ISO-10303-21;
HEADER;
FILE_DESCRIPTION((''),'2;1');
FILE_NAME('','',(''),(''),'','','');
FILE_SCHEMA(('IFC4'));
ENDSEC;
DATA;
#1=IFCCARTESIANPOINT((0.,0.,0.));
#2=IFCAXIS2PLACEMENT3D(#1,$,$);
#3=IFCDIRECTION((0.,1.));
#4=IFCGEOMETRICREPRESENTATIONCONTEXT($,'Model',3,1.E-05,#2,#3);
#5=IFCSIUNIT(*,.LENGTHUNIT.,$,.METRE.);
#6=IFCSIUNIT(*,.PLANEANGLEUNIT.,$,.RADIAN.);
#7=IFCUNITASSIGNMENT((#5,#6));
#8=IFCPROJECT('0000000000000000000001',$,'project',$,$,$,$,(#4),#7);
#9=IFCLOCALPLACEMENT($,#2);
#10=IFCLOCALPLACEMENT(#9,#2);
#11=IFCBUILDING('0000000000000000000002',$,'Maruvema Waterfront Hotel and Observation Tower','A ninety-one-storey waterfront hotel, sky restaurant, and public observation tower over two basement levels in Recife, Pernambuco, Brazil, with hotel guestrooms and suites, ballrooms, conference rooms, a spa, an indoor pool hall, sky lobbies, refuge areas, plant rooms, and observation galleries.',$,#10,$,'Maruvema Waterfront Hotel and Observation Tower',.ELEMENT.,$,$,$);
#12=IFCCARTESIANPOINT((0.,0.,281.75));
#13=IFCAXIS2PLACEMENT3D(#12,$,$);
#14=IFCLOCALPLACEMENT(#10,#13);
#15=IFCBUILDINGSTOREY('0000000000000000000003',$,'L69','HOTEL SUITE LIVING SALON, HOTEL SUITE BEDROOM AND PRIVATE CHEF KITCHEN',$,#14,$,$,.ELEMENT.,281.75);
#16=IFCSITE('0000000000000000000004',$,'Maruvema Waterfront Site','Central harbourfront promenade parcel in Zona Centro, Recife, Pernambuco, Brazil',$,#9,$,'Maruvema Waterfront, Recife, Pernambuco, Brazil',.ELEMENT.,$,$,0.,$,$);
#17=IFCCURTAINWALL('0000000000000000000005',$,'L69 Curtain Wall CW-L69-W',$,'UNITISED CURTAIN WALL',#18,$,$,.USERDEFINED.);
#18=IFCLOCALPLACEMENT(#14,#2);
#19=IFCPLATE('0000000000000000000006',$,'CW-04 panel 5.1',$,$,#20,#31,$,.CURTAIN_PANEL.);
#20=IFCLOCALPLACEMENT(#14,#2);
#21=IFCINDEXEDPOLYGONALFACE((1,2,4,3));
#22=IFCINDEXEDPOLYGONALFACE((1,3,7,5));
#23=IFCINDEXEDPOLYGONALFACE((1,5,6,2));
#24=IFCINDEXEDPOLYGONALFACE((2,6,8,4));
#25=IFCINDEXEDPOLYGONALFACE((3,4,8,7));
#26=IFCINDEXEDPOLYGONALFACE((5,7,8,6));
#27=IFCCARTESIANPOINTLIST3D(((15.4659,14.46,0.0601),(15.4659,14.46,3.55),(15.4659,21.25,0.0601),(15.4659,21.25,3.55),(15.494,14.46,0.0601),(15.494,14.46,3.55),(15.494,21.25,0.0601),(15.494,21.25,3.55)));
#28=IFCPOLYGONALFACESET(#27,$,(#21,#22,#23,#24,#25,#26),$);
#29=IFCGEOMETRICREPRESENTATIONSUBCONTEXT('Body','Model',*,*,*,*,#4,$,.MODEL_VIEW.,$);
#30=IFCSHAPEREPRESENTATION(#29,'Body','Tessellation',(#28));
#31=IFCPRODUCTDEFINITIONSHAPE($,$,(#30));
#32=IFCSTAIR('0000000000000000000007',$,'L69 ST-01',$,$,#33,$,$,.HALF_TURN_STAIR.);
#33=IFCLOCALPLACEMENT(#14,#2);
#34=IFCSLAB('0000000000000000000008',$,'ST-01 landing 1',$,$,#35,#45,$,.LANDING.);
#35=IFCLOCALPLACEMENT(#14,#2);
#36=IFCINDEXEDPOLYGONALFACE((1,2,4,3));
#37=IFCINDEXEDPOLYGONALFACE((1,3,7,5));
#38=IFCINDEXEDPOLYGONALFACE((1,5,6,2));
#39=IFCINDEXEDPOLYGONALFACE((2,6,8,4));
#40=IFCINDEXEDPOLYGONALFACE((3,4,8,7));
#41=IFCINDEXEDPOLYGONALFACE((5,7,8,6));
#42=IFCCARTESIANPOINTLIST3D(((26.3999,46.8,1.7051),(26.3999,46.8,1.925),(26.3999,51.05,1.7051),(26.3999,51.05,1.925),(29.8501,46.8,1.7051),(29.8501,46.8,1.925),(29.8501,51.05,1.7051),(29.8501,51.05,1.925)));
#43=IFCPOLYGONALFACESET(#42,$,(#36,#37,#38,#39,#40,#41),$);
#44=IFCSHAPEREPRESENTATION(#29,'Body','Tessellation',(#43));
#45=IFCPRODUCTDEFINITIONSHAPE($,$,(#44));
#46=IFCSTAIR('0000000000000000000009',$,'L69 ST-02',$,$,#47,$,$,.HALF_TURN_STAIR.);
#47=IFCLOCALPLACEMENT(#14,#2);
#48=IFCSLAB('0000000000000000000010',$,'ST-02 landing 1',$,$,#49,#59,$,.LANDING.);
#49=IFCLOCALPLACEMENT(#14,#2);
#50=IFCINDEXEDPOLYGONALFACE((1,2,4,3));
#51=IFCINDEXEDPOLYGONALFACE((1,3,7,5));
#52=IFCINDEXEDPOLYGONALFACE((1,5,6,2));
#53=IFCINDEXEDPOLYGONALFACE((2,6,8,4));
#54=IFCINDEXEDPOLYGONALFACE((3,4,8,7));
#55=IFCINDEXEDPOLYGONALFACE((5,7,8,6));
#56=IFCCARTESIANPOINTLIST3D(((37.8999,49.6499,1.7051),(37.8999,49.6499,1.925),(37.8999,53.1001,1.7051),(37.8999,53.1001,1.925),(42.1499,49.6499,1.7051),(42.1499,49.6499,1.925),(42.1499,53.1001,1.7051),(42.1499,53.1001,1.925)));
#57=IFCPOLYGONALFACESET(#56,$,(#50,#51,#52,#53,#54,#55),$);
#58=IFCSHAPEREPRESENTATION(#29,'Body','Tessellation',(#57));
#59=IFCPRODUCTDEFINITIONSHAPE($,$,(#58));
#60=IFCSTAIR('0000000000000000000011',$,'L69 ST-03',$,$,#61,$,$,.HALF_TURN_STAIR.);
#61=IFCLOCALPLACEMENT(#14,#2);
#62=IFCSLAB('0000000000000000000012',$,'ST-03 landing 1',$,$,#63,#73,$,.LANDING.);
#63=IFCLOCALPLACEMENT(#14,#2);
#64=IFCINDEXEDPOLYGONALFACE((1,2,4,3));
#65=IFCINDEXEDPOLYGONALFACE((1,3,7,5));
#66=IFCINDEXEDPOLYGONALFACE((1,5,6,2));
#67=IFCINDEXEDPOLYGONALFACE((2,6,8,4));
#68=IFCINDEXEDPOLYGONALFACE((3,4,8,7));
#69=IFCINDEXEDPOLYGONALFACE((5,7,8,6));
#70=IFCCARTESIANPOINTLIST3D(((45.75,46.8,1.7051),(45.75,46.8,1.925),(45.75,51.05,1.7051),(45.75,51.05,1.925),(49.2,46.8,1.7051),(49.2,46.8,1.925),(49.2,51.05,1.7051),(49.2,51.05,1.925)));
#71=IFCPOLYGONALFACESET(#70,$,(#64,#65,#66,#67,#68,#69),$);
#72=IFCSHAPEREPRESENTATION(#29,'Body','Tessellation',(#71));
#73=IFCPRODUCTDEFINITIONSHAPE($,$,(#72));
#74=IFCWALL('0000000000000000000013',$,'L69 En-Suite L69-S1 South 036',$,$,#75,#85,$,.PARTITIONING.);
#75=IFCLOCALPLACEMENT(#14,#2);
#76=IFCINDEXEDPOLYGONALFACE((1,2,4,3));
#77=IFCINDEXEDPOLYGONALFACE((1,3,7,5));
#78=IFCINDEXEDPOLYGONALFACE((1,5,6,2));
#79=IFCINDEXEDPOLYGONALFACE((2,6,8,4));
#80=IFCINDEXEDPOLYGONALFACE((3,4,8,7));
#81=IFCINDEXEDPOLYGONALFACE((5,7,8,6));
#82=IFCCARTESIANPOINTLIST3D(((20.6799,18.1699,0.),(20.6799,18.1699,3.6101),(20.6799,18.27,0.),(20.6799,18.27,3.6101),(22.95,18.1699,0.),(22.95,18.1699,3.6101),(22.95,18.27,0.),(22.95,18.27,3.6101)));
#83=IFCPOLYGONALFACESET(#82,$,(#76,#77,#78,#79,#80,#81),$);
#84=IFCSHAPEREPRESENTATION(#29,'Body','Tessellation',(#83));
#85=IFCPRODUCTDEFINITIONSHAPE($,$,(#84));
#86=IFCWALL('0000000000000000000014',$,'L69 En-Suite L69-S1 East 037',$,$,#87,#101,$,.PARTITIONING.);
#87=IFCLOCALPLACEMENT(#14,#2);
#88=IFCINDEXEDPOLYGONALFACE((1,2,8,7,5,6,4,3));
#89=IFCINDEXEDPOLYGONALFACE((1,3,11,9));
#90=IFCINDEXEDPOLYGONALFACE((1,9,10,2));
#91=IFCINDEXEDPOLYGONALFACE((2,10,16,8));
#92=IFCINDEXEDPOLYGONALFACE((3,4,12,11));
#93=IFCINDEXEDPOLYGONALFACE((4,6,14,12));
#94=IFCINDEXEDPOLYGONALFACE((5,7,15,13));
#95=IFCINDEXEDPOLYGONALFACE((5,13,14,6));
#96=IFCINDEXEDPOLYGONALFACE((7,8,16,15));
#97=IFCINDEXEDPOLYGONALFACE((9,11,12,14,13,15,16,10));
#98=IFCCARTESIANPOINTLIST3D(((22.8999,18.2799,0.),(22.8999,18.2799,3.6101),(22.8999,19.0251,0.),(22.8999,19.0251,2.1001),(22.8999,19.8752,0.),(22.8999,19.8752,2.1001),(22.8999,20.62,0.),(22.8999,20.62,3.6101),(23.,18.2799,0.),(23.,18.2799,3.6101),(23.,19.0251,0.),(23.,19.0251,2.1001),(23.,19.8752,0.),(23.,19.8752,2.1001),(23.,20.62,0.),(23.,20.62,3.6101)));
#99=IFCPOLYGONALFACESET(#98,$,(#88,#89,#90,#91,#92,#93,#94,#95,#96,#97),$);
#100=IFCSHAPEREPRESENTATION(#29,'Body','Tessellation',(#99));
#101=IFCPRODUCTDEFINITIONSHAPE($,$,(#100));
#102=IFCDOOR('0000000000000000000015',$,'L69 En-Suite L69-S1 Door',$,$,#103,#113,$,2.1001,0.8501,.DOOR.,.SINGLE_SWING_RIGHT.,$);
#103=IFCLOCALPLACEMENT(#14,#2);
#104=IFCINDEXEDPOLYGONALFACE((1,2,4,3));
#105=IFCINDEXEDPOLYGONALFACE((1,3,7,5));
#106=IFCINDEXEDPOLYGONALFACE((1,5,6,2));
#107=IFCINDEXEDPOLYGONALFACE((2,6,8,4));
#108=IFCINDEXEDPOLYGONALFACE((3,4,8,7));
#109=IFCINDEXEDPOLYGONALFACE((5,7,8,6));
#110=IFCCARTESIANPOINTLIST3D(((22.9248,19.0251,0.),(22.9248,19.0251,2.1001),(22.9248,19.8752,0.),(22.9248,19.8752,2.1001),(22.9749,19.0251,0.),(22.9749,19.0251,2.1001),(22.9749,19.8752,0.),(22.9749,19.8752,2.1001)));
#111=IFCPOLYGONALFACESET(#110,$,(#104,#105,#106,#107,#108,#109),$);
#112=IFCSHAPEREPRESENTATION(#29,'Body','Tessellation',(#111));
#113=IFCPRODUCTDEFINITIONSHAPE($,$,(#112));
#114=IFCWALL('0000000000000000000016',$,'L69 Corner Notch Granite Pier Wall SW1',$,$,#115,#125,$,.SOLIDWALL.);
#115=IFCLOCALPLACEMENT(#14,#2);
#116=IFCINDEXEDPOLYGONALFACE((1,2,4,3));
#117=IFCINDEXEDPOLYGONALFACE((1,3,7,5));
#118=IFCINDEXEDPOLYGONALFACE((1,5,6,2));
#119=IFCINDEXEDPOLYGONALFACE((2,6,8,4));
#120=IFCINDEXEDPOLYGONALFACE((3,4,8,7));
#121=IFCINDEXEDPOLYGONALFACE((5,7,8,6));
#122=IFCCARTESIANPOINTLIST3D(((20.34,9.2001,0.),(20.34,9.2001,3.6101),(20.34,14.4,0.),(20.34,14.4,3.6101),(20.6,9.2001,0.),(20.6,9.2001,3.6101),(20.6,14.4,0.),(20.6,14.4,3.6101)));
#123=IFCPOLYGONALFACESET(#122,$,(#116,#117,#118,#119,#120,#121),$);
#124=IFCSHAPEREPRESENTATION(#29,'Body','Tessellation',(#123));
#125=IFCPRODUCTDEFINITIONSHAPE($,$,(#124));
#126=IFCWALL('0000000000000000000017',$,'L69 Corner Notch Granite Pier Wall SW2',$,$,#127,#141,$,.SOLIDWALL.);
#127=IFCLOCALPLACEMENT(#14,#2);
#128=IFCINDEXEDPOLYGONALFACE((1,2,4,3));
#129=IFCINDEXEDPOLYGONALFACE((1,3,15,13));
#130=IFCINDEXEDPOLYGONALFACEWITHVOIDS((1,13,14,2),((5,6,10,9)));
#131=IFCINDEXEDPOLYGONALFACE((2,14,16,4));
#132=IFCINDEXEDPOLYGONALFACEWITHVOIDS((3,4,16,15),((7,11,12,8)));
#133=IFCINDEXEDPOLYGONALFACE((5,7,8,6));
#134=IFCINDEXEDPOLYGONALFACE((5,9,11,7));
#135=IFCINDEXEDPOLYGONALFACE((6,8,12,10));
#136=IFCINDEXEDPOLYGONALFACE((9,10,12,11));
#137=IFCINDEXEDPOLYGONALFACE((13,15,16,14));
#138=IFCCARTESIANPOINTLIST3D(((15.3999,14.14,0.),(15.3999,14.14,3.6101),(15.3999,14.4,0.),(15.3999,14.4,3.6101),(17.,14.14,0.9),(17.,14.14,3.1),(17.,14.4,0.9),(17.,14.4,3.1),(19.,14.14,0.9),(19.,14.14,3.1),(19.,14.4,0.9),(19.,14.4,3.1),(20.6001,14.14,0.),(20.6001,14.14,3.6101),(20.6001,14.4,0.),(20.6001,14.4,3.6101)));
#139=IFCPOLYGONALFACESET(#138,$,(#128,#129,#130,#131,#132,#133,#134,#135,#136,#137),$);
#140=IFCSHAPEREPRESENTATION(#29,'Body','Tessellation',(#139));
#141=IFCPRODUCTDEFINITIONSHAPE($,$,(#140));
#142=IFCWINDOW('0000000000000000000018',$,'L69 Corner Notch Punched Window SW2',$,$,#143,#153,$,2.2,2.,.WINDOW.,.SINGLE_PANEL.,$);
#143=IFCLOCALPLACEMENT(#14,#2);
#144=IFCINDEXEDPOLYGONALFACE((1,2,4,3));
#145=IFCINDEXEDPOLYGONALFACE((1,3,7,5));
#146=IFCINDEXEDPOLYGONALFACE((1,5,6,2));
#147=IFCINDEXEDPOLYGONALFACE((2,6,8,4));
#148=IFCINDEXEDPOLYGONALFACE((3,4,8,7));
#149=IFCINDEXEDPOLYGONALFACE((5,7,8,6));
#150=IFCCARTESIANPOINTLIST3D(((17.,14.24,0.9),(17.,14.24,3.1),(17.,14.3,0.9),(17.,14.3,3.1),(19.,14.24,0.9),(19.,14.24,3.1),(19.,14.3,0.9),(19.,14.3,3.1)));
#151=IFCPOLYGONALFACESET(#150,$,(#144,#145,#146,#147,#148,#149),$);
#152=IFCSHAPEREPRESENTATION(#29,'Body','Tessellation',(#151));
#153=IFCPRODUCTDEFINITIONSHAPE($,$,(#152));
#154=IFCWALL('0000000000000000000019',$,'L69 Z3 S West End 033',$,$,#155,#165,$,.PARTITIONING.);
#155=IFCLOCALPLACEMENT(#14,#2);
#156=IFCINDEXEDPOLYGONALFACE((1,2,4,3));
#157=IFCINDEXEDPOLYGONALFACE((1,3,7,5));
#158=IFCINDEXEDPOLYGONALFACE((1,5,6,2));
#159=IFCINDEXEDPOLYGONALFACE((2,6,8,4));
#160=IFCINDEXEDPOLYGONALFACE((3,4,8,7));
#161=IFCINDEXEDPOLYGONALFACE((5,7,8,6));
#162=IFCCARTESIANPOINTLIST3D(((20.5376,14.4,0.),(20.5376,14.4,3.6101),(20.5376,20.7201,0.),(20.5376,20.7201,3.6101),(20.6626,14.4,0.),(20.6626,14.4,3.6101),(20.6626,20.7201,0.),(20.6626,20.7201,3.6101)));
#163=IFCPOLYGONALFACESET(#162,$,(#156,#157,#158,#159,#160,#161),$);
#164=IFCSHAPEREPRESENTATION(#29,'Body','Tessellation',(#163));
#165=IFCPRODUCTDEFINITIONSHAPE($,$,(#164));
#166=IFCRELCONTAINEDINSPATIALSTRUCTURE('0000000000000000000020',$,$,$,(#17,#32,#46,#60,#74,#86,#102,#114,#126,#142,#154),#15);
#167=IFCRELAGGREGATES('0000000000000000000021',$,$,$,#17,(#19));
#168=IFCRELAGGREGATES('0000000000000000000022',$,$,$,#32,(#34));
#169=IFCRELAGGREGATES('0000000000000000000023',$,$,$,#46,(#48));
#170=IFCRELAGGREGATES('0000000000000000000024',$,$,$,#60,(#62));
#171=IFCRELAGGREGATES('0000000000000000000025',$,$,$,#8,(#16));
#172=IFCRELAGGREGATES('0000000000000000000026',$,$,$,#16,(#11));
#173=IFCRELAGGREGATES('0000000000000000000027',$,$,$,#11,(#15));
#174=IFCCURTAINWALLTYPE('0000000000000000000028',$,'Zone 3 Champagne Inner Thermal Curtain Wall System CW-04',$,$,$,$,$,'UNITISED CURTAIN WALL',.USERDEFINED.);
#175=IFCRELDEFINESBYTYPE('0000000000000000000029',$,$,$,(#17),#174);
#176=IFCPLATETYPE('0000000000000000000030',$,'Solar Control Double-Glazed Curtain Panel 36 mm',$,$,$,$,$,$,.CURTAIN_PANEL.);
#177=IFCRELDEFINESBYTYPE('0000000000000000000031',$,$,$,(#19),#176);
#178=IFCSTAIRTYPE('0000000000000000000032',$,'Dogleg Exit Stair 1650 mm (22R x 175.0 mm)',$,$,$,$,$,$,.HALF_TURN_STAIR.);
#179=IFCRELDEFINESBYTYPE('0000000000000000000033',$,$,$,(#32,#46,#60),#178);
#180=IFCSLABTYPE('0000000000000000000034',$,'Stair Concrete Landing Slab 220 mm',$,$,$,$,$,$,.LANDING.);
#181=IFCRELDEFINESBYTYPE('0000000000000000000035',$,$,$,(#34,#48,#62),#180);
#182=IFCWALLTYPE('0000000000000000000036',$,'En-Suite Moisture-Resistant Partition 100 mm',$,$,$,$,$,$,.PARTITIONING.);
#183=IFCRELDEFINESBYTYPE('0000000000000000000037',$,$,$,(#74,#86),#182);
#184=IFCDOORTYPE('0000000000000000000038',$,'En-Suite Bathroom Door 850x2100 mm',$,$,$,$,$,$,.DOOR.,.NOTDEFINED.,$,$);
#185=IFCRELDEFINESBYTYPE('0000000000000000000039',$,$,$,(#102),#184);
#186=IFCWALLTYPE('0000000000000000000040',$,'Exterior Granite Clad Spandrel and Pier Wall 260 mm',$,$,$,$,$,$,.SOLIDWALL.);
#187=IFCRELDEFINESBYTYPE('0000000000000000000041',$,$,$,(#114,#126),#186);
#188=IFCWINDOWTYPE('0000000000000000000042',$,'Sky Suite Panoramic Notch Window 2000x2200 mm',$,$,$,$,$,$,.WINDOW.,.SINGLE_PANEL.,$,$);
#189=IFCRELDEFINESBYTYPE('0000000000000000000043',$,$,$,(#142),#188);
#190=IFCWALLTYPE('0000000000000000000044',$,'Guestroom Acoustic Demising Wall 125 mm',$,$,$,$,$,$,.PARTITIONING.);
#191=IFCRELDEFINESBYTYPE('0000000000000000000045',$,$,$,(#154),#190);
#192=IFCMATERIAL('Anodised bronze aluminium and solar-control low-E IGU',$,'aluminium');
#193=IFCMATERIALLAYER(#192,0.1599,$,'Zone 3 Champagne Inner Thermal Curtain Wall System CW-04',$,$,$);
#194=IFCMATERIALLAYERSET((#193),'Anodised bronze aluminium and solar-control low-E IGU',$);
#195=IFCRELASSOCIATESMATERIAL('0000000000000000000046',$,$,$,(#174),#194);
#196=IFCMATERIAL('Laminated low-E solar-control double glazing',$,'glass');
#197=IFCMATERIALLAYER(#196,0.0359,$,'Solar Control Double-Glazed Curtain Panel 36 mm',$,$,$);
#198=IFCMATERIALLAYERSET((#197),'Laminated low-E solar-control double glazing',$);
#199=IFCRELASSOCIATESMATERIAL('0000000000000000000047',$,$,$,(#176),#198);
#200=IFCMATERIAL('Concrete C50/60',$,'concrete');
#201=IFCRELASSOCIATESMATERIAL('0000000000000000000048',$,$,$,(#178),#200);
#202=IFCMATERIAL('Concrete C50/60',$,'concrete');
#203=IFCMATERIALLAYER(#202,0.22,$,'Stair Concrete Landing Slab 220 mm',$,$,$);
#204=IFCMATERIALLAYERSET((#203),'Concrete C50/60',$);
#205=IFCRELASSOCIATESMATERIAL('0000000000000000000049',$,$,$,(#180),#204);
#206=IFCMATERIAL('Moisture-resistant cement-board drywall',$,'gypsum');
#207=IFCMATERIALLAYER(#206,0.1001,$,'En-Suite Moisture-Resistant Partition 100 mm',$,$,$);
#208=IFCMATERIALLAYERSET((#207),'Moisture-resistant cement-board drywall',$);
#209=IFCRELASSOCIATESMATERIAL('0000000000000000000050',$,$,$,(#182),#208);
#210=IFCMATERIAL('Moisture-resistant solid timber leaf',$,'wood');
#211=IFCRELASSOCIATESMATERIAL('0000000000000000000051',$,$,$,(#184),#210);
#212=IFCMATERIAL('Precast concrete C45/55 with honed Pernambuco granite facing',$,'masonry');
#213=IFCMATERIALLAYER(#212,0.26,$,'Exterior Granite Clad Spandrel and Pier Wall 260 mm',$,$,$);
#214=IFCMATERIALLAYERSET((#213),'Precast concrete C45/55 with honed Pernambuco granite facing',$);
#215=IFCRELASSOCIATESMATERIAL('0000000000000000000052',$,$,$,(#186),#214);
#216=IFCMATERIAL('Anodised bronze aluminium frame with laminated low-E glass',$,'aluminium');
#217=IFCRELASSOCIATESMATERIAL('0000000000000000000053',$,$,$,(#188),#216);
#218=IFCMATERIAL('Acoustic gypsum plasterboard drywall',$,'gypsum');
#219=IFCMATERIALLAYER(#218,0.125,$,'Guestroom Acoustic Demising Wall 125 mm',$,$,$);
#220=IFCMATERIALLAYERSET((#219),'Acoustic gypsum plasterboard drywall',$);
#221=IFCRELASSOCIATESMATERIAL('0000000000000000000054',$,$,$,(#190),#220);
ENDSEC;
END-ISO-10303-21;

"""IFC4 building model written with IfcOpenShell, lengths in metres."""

from ifc_helpers import new_model, si_unit, direction, frame, frame_2d, origin, origin_2d, place, context, subcontext, project, spatial, polyline, rectangle, outline, extrude, material, layer, layer_set, type_object, element, fill, aggregate, save


model = new_model("IFC4")

# Units and contexts
model_context = context("Model", 3, precision=1e-05, world=origin(), true_north=direction((0.0, 1.0)))
body_context = subcontext(model_context, "Body", "Model", "MODEL_VIEW")
ifc_project = project(units=[si_unit("LENGTHUNIT", "METRE"), si_unit("PLANEANGLEUNIT", "RADIAN")], contexts=[model_context])

# Site, building, storey
site_placement = place(None, origin())
site = spatial("IfcSite", under=ifc_project, at=site_placement, Name="Maruvema Waterfront Site", Description="Central harbourfront promenade parcel in Zona Centro, Recife, Pernambuco, Brazil", LongName="Maruvema Waterfront, Recife, Pernambuco, Brazil", CompositionType="ELEMENT", RefElevation=0.0)
building_placement = place(site_placement, origin())
building = spatial("IfcBuilding", under=site, at=building_placement, Name="Maruvema Waterfront Hotel and Observation Tower", Description="A ninety-one-storey waterfront hotel, sky restaurant, and public observation tower over two basement levels in Recife, Pernambuco, Brazil, with hotel guestrooms and suites, ballrooms, conference rooms, a spa, an indoor pool hall, sky lobbies, refuge areas, plant rooms, and observation galleries.", LongName="Maruvema Waterfront Hotel and Observation Tower", CompositionType="ELEMENT")
storey_placement = place(building_placement, frame((0.0, 0.0, 281.75)))
storey = spatial("IfcBuildingStorey", under=building, at=storey_placement, Name="L69", Description="HOTEL SUITE LIVING SALON, HOTEL SUITE BEDROOM AND PRIVATE CHEF KITCHEN", CompositionType="ELEMENT", Elevation=281.75)

# Shared definitions
ifc_material_1 = material(Name="Anodised bronze aluminium and solar-control low-E IGU", Category="aluminium")
ifc_layer_1 = layer(ifc_material_1, 0.1599, Name="Zone 3 Champagne Inner Thermal Curtain Wall System CW-04")
ifc_layer_set_1 = layer_set([ifc_layer_1], Name="Anodised bronze aluminium and solar-control low-E IGU")
curtain_wall_type = type_object("IfcCurtainWallType", Name="Zone 3 Champagne Inner Thermal Curtain Wall System CW-04", ElementType="UNITISED CURTAIN WALL", PredefinedType="USERDEFINED", material=ifc_layer_set_1)

# Curtain wall
curtain_wall_1_placement = place(storey_placement, origin())
curtain_wall_1 = element("IfcCurtainWall", 1, at=curtain_wall_1_placement, inside=storey, type_object=curtain_wall_type, Name="L69 Curtain Wall CW-L69-W", ObjectType="UNITISED CURTAIN WALL", PredefinedType="USERDEFINED")

# Plate
ifc_material_2 = material(Name="Laminated low-E solar-control double glazing", Category="glass")
ifc_layer_2 = layer(ifc_material_2, 0.0359, Name="Solar Control Double-Glazed Curtain Panel 36 mm")
ifc_layer_set_2 = layer_set([ifc_layer_2], Name="Laminated low-E solar-control double glazing")
plate_type = type_object("IfcPlateType", Name="Solar Control Double-Glazed Curtain Panel 36 mm", PredefinedType="CURTAIN_PANEL", material=ifc_layer_set_2)
plate_1_placement = place(storey_placement, frame((15.48, 17.855, 0.0601), z_axis=(0.0, 0.0, 1.0), x_axis=(0.0, -1.0, 0.0)))
plate_1 = element("IfcPlate", 2, at=plate_1_placement, type_object=plate_type, Name="CW-04 panel 5.1", PredefinedType="CURTAIN_PANEL", context=body_context, shape_type="SweptSolid", body=[
    extrude(rectangle(XDim=6.79, YDim=0.0281, at=origin_2d()), origin(), (0.0, 0.0, 1.0), 3.49),
])
aggregate(curtain_wall_1, [plate_1])

# Stairs, slabs
ifc_material_3 = material(Name="Concrete C50/60", Category="concrete")
stair_type = type_object("IfcStairType", Name="Dogleg Exit Stair 1650 mm (22R x 175.0 mm)", PredefinedType="HALF_TURN_STAIR", material=ifc_material_3)
stair_1_placement = place(storey_placement, origin())
stair_1 = element("IfcStair", 3, at=stair_1_placement, inside=storey, type_object=stair_type, Name="L69 ST-01", PredefinedType="HALF_TURN_STAIR")
ifc_material_4 = material(Name="Concrete C50/60", Category="concrete")
ifc_layer_3 = layer(ifc_material_4, 0.22, Name="Stair Concrete Landing Slab 220 mm")
ifc_layer_set_3 = layer_set([ifc_layer_3], Name="Concrete C50/60")
slab_type_1 = type_object("IfcSlabType", Name="Stair Concrete Landing Slab 220 mm", PredefinedType="LANDING", material=ifc_layer_set_3)
slab_1_placement = place(storey_placement, frame((0.0, 0.0, 1.7051)))
slab_1 = element("IfcSlab", 4, at=slab_1_placement, type_object=slab_type_1, Name="ST-01 landing 1", PredefinedType="LANDING", context=body_context, shape_type="SweptSolid", body=[
    extrude(outline(polyline([(29.8501, 46.8), (29.8501, 51.05), (26.3999, 51.05), (26.3999, 46.8), (29.8501, 46.8)])), origin(), (0.0, 0.0, 1.0), 0.22),
])
aggregate(stair_1, [slab_1])
stair_2_placement = place(storey_placement, origin())
stair_2 = element("IfcStair", 5, at=stair_2_placement, inside=storey, type_object=stair_type, Name="L69 ST-02", PredefinedType="HALF_TURN_STAIR")
slab_2_placement = place(storey_placement, frame((0.0, 0.0, 1.7051)))
slab_2 = element("IfcSlab", 6, at=slab_2_placement, type_object=slab_type_1, Name="ST-02 landing 1", PredefinedType="LANDING", context=body_context, shape_type="SweptSolid", body=[
    extrude(outline(polyline([(37.8999, 49.6499), (42.1499, 49.6499), (42.1499, 53.1001), (37.8999, 53.1001), (37.8999, 49.6499)])), origin(), (0.0, 0.0, 1.0), 0.22),
])
aggregate(stair_2, [slab_2])
stair_3_placement = place(storey_placement, origin())
stair_3 = element("IfcStair", 7, at=stair_3_placement, inside=storey, type_object=stair_type, Name="L69 ST-03", PredefinedType="HALF_TURN_STAIR")
slab_3_placement = place(storey_placement, frame((0.0, 0.0, 1.7051)))
slab_3 = element("IfcSlab", 8, at=slab_3_placement, type_object=slab_type_1, Name="ST-03 landing 1", PredefinedType="LANDING", context=body_context, shape_type="SweptSolid", body=[
    extrude(outline(polyline([(49.2, 46.8), (49.2, 51.05), (45.75, 51.05), (45.75, 46.8), (49.2, 46.8)])), origin(), (0.0, 0.0, 1.0), 0.22),
])
aggregate(stair_3, [slab_3])

# Wall
ifc_material_5 = material(Name="Moisture-resistant cement-board drywall", Category="gypsum")
ifc_layer_4 = layer(ifc_material_5, 0.1001, Name="En-Suite Moisture-Resistant Partition 100 mm")
ifc_layer_set_4 = layer_set([ifc_layer_4], Name="Moisture-resistant cement-board drywall")
wall_type_1 = type_object("IfcWallType", Name="En-Suite Moisture-Resistant Partition 100 mm", PredefinedType="PARTITIONING", material=ifc_layer_set_4)
wall_1_placement = place(storey_placement, frame((20.6799, 18.22, 0.0), z_axis=(0.0, 0.0, 1.0), x_axis=(1.0, 0.0, 0.0)))
element("IfcWall", 9, at=wall_1_placement, inside=storey, type_object=wall_type_1, Name="L69 En-Suite L69-S1 South 036", PredefinedType="PARTITIONING", context=body_context, shape_type="SweptSolid", body=[
    extrude(rectangle(XDim=2.27, YDim=0.1001, at=frame_2d((1.135, 0.0))), origin(), (0.0, 0.0, 1.0), 3.6101),
])

# Wall, opening, door
wall_2_placement = place(storey_placement, frame((22.95, 18.28, 0.0), z_axis=(0.0, 0.0, 1.0), x_axis=(0.0, 1.0, 0.0)))
wall_2 = element("IfcWall", 10, at=wall_2_placement, inside=storey, type_object=wall_type_1, Name="L69 En-Suite L69-S1 East 037", PredefinedType="PARTITIONING", context=body_context, shape_type="SweptSolid", body=[
    extrude(rectangle(XDim=2.3401, YDim=0.1001, at=frame_2d((1.1699, 0.0))), origin(), (0.0, 0.0, 1.0), 3.6101),
])
opening_1_placement = place(wall_2_placement, frame((0.7451, 0.0, 0.0)))
opening_1 = element("IfcOpeningElement", 11, at=opening_1_placement, cuts=wall_2, PredefinedType="OPENING", context=body_context, shape_type="SweptSolid", body=[
    extrude(rectangle(XDim=0.8501, YDim=2.1001, at=frame_2d((0.425, 1.05))), frame((0.0, 0.0601, 0.0), z_axis=(0.0, -1.0, 0.0), x_axis=(1.0, 0.0, 0.0)), (0.0, 0.0, 1.0), 0.1201),
])
ifc_material_6 = material(Name="Moisture-resistant solid timber leaf", Category="wood")
door_type = type_object("IfcDoorType", Name="En-Suite Bathroom Door 850x2100 mm", OperationType="NOTDEFINED", PredefinedType="DOOR", material=ifc_material_6)
door_placement = place(opening_1_placement, frame((0.8501, 0.0, 0.0), z_axis=(0.0, 0.0, 1.0), x_axis=(-1.0, 0.0, 0.0)))
door = element("IfcDoor", 12, at=door_placement, inside=storey, type_object=door_type, Name="L69 En-Suite L69-S1 Door", OperationType="SINGLE_SWING_RIGHT", OverallHeight=2.1001, OverallWidth=0.8501, PredefinedType="DOOR", context=body_context, shape_type="SweptSolid", body=[
    extrude(rectangle(XDim=0.8501, YDim=2.1001, at=frame_2d((0.425, 1.05))), frame((0.0, 0.0249, 0.0), z_axis=(0.0, -1.0, 0.0), x_axis=(1.0, 0.0, 0.0)), (0.0, 0.0, 1.0), 0.05),
])
fill(opening_1, door)

# Wall
ifc_material_7 = material(Name="Precast concrete C45/55 with honed Pernambuco granite facing", Category="masonry")
ifc_layer_5 = layer(ifc_material_7, 0.26, Name="Exterior Granite Clad Spandrel and Pier Wall 260 mm")
ifc_layer_set_5 = layer_set([ifc_layer_5], Name="Precast concrete C45/55 with honed Pernambuco granite facing")
wall_type_2 = type_object("IfcWallType", Name="Exterior Granite Clad Spandrel and Pier Wall 260 mm", PredefinedType="SOLIDWALL", material=ifc_layer_set_5)
wall_3_placement = place(storey_placement, frame((20.47, 9.2, 0.0), z_axis=(0.0, 0.0, 1.0), x_axis=(0.0, 1.0, 0.0)))
element("IfcWall", 13, at=wall_3_placement, inside=storey, type_object=wall_type_2, Name="L69 Corner Notch Granite Pier Wall SW1", PredefinedType="SOLIDWALL", context=body_context, shape_type="SweptSolid", body=[
    extrude(rectangle(XDim=5.2, YDim=0.26, at=frame_2d((2.6001, 0.0))), origin(), (0.0, 0.0, 1.0), 3.6101),
])

# Wall, opening, window
wall_4_placement = place(storey_placement, frame((20.6001, 14.27, 0.0), z_axis=(0.0, 0.0, 1.0), x_axis=(-1.0, 0.0, 0.0)))
wall_4 = element("IfcWall", 14, at=wall_4_placement, inside=storey, type_object=wall_type_2, Name="L69 Corner Notch Granite Pier Wall SW2", PredefinedType="SOLIDWALL", context=body_context, shape_type="SweptSolid", body=[
    extrude(rectangle(XDim=5.2002, YDim=0.26, at=frame_2d((2.6001, 0.0))), origin(), (0.0, 0.0, 1.0), 3.6101),
])
opening_2_placement = place(wall_4_placement, frame((1.6001, 0.0, 0.8999)))
opening_2 = element("IfcOpeningElement", 15, at=opening_2_placement, cuts=wall_4, PredefinedType="OPENING", context=body_context, shape_type="SweptSolid", body=[
    extrude(rectangle(XDim=2.0, YDim=2.2, at=frame_2d((1.0, 1.1001))), frame((0.0, 0.1401, 0.0), z_axis=(0.0, -1.0, 0.0), x_axis=(1.0, 0.0, 0.0)), (0.0, 0.0, 1.0), 0.28),
])
ifc_material_8 = material(Name="Anodised bronze aluminium frame with laminated low-E glass", Category="aluminium")
window_type = type_object("IfcWindowType", Name="Sky Suite Panoramic Notch Window 2000x2200 mm", PartitioningType="SINGLE_PANEL", PredefinedType="WINDOW", material=ifc_material_8)
window_placement = place(opening_2_placement, origin())
window = element("IfcWindow", 16, at=window_placement, inside=storey, type_object=window_type, Name="L69 Corner Notch Punched Window SW2", OverallHeight=2.2, OverallWidth=2.0, PartitioningType="SINGLE_PANEL", PredefinedType="WINDOW", context=body_context, shape_type="SweptSolid", body=[
    extrude(rectangle(XDim=2.0, YDim=2.2, at=frame_2d((1.0, 1.1001))), frame((0.0, 0.03, 0.0), z_axis=(0.0, -1.0, 0.0), x_axis=(1.0, 0.0, 0.0)), (0.0, 0.0, 1.0), 0.0601),
])
fill(opening_2, window)

# Wall
ifc_material_9 = material(Name="Acoustic gypsum plasterboard drywall", Category="gypsum")
ifc_layer_6 = layer(ifc_material_9, 0.125, Name="Guestroom Acoustic Demising Wall 125 mm")
ifc_layer_set_6 = layer_set([ifc_layer_6], Name="Acoustic gypsum plasterboard drywall")
wall_type_3 = type_object("IfcWallType", Name="Guestroom Acoustic Demising Wall 125 mm", PredefinedType="PARTITIONING", material=ifc_layer_set_6)
wall_5_placement = place(storey_placement, frame((20.6001, 14.3999, 0.0), z_axis=(0.0, 0.0, 1.0), x_axis=(0.0, 1.0, 0.0)))
element("IfcWall", 17, at=wall_5_placement, inside=storey, type_object=wall_type_3, Name="L69 Z3 S West End 033", PredefinedType="PARTITIONING", context=body_context, shape_type="SweptSolid", body=[
    extrude(rectangle(XDim=6.3201, YDim=0.125, at=frame_2d((3.1602, 0.0))), origin(), (0.0, 0.0, 1.0), 3.6101),
])

save(model, "model.ifc")
